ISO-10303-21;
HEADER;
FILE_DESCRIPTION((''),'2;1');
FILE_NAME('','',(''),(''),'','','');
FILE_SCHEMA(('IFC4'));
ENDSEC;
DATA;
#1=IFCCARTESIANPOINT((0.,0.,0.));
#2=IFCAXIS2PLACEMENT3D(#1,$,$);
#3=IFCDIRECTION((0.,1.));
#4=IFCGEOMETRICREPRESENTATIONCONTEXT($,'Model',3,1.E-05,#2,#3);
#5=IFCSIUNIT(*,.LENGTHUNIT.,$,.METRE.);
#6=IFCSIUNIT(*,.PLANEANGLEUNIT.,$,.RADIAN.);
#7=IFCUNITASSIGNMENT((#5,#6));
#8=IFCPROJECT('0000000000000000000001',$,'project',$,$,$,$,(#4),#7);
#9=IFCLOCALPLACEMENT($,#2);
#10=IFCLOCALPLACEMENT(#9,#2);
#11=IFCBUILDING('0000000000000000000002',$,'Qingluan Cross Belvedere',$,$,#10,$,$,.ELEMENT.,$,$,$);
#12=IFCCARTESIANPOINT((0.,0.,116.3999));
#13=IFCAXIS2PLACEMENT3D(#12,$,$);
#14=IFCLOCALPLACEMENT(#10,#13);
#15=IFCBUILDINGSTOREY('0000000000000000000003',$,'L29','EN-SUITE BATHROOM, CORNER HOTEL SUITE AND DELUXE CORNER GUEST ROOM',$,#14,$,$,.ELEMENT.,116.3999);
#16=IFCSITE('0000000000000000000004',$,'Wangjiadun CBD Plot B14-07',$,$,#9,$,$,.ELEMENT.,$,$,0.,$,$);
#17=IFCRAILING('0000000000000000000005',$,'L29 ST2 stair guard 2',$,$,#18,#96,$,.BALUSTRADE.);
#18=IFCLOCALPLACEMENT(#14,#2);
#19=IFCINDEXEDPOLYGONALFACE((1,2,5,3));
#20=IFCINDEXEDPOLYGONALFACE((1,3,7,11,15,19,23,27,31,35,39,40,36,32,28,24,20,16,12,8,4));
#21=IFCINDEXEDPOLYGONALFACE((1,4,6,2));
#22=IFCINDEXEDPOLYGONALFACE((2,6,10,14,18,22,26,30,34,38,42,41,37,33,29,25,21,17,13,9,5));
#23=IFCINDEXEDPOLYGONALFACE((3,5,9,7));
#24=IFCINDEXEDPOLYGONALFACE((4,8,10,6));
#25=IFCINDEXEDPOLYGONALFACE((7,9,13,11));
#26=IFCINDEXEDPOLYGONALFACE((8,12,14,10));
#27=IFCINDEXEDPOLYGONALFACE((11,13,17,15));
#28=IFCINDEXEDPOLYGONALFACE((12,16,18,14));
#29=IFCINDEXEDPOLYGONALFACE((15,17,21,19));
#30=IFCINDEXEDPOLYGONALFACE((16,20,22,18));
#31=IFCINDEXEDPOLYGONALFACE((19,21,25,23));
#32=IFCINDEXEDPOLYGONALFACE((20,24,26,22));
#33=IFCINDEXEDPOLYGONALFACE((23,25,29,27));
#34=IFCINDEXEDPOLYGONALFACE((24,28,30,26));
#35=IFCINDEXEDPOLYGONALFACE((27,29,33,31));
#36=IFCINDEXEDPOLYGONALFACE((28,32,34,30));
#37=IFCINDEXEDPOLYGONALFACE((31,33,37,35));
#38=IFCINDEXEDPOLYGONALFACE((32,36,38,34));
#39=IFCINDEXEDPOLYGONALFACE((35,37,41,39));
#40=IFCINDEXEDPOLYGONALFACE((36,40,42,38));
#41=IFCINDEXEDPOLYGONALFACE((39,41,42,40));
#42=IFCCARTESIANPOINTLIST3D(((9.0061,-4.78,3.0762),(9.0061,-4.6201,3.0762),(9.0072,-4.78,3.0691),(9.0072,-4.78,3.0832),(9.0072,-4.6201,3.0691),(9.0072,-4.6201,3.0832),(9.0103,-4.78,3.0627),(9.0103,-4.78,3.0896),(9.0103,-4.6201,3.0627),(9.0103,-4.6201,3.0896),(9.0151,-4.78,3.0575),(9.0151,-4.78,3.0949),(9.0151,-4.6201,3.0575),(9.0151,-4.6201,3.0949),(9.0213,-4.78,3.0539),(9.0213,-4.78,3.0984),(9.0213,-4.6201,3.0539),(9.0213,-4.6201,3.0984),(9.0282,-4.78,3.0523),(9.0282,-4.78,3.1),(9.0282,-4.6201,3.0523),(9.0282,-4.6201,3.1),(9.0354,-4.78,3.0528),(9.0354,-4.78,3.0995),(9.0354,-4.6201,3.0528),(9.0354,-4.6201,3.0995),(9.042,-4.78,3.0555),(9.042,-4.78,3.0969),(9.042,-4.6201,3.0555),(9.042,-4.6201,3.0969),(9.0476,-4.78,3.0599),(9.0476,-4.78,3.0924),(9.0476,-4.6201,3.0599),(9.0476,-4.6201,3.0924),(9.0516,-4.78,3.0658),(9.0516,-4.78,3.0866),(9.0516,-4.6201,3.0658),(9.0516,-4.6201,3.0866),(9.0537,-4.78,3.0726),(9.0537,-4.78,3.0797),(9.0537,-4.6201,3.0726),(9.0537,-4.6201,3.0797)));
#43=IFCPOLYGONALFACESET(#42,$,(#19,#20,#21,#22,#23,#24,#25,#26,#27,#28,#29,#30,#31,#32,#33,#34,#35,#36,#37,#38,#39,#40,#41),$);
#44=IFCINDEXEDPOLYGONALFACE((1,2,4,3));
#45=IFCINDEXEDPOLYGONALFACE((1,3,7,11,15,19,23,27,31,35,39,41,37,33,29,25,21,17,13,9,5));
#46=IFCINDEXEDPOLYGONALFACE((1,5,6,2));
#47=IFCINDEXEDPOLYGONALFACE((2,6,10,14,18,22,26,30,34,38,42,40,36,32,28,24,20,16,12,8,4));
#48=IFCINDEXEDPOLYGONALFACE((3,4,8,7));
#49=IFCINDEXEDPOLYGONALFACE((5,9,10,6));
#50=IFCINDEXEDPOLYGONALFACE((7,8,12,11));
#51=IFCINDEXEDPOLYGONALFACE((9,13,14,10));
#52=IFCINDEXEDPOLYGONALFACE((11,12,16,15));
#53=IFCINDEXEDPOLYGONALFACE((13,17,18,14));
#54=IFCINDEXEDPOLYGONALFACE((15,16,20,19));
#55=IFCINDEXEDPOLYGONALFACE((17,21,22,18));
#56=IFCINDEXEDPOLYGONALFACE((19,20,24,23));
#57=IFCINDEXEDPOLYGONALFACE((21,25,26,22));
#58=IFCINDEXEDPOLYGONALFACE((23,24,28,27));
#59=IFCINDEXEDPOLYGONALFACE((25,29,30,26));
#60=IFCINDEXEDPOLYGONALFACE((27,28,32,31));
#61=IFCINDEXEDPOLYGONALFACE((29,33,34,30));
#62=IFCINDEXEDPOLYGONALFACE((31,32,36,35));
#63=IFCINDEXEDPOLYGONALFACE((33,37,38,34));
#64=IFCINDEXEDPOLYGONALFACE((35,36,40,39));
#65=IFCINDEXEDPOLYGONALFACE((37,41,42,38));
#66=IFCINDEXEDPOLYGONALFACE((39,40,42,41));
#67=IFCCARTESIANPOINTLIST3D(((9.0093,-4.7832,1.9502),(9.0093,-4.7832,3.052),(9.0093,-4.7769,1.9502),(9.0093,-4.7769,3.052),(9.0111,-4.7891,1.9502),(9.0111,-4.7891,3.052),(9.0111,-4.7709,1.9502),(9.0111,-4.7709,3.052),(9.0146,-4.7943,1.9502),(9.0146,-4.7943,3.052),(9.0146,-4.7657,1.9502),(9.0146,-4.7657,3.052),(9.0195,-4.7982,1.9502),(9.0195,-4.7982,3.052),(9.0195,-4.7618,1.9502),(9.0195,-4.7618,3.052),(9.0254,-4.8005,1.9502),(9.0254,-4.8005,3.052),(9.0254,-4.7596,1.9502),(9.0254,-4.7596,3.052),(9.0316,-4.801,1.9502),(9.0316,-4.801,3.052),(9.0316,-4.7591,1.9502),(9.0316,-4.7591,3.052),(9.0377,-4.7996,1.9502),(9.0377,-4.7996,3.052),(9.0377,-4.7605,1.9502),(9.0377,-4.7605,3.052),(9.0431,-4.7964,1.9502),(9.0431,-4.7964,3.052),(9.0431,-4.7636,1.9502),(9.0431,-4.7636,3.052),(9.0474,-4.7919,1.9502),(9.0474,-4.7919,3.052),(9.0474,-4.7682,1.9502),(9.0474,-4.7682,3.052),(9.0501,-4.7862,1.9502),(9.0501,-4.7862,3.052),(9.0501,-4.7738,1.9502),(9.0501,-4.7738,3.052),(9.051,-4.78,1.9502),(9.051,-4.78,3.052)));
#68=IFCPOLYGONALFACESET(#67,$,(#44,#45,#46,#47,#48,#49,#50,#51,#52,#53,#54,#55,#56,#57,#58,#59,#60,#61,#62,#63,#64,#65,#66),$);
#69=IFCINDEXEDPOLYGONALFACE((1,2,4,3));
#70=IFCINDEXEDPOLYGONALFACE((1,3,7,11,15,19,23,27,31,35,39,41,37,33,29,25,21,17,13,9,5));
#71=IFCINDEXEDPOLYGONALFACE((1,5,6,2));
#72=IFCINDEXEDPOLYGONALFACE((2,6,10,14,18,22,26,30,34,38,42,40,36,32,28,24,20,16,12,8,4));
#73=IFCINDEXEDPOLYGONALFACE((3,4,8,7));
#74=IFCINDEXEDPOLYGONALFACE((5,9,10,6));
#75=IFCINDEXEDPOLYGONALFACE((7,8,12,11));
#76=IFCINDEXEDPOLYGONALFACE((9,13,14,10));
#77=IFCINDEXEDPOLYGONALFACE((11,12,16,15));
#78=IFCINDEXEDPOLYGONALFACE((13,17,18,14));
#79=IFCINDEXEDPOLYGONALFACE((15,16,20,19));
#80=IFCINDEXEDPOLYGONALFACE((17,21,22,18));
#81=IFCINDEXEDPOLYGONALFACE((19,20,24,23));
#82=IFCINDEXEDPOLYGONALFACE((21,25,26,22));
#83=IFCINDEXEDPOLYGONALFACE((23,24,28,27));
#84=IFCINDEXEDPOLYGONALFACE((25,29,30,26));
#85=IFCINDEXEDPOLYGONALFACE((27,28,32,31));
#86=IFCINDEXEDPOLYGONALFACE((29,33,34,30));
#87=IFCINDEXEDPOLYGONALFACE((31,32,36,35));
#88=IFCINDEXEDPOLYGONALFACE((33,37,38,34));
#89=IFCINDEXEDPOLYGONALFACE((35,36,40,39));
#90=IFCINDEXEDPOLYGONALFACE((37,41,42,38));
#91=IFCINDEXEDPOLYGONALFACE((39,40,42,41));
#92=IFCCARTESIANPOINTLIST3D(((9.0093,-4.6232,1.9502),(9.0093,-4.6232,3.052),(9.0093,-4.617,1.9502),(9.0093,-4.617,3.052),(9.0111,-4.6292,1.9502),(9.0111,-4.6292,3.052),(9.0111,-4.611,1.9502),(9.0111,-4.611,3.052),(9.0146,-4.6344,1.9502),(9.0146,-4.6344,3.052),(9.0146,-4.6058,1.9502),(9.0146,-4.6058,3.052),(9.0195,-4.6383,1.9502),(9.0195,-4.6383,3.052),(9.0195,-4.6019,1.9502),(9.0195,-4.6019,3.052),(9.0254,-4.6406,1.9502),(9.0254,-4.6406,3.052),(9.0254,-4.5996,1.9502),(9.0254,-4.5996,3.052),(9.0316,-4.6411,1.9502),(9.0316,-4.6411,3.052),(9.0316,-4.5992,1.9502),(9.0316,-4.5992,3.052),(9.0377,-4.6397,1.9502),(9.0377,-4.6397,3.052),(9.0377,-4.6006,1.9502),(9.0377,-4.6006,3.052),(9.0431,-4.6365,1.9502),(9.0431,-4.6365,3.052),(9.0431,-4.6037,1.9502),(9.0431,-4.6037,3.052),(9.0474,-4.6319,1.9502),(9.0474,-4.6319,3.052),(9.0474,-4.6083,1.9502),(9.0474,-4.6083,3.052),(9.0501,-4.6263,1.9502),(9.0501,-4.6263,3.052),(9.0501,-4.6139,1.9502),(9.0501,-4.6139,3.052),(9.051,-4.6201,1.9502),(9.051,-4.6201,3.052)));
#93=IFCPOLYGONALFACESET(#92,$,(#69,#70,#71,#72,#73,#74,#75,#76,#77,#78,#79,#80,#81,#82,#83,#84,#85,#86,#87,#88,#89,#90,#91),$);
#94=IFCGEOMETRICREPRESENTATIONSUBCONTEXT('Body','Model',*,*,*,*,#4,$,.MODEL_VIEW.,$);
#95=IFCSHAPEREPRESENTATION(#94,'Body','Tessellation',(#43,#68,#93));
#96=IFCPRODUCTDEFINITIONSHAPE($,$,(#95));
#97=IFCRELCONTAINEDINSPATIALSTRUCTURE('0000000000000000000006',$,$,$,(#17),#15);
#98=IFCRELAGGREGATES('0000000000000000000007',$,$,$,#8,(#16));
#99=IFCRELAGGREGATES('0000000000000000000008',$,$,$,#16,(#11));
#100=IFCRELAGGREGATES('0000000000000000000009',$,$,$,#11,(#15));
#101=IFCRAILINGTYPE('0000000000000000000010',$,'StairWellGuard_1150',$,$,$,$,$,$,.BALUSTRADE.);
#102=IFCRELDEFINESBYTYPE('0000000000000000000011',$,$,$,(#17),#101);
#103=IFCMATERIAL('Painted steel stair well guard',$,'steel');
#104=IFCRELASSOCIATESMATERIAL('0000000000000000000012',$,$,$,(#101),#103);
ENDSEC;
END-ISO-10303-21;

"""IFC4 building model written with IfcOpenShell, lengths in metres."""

from ifc_helpers import new_model, si_unit, direction, frame, origin, origin_2d, place, context, subcontext, project, spatial, circle, extrude, material, type_object, element, save


model = new_model("IFC4")

# Units and contexts
model_context = context("Model", 3, precision=1e-05, world=origin(), true_north=direction((0.0, 1.0)))
body_context = subcontext(model_context, "Body", "Model", "MODEL_VIEW")
ifc_project = project(units=[si_unit("LENGTHUNIT", "METRE"), si_unit("PLANEANGLEUNIT", "RADIAN")], contexts=[model_context])

# Site, building, storey
site_placement = place(None, origin())
site = spatial("IfcSite", under=ifc_project, at=site_placement, Name="Wangjiadun CBD Plot B14-07", CompositionType="ELEMENT", RefElevation=0.0)
building_placement = place(site_placement, origin())
building = spatial("IfcBuilding", under=site, at=building_placement, Name="Qingluan Cross Belvedere", CompositionType="ELEMENT")
storey_placement = place(building_placement, frame((0.0, 0.0, 116.3999)))
storey = spatial("IfcBuildingStorey", under=building, at=storey_placement, Name="L29", Description="EN-SUITE BATHROOM, CORNER HOTEL SUITE AND DELUXE CORNER GUEST ROOM", CompositionType="ELEMENT", Elevation=116.3999)

# Railing
ifc_material_1 = material(Name="Painted steel stair well guard", Category="steel")
railing_type_1 = type_object("IfcRailingType", Name="StairWellGuard_1150", PredefinedType="BALUSTRADE", material=ifc_material_1)
railing_1_placement = place(storey_placement, frame((9.03, -4.78, 1.9502)))
element("IfcRailing", 1, at=railing_1_placement, inside=storey, type_object=railing_type_1, Name="L29 ST2 stair guard 2", PredefinedType="BALUSTRADE", context=body_context, shape_type="SweptSolid", body=[
    extrude(circle(Radius=0.0239, at=origin_2d()), frame((0.0, 0.0, 1.126), z_axis=(0.0, 1.0, 0.0), x_axis=(-1.0, 0.0, 0.0)), (0.0, 0.0, 1.0), 0.1599),
    extrude(circle(Radius=0.021, at=origin_2d()), origin(), (0.0, 0.0, 1.0), 1.1018),
    extrude(circle(Radius=0.021, at=origin_2d()), frame((0.0, 0.1599, 0.0)), (0.0, 0.0, 1.0), 1.1018),
])

save(model, "model.ifc")
